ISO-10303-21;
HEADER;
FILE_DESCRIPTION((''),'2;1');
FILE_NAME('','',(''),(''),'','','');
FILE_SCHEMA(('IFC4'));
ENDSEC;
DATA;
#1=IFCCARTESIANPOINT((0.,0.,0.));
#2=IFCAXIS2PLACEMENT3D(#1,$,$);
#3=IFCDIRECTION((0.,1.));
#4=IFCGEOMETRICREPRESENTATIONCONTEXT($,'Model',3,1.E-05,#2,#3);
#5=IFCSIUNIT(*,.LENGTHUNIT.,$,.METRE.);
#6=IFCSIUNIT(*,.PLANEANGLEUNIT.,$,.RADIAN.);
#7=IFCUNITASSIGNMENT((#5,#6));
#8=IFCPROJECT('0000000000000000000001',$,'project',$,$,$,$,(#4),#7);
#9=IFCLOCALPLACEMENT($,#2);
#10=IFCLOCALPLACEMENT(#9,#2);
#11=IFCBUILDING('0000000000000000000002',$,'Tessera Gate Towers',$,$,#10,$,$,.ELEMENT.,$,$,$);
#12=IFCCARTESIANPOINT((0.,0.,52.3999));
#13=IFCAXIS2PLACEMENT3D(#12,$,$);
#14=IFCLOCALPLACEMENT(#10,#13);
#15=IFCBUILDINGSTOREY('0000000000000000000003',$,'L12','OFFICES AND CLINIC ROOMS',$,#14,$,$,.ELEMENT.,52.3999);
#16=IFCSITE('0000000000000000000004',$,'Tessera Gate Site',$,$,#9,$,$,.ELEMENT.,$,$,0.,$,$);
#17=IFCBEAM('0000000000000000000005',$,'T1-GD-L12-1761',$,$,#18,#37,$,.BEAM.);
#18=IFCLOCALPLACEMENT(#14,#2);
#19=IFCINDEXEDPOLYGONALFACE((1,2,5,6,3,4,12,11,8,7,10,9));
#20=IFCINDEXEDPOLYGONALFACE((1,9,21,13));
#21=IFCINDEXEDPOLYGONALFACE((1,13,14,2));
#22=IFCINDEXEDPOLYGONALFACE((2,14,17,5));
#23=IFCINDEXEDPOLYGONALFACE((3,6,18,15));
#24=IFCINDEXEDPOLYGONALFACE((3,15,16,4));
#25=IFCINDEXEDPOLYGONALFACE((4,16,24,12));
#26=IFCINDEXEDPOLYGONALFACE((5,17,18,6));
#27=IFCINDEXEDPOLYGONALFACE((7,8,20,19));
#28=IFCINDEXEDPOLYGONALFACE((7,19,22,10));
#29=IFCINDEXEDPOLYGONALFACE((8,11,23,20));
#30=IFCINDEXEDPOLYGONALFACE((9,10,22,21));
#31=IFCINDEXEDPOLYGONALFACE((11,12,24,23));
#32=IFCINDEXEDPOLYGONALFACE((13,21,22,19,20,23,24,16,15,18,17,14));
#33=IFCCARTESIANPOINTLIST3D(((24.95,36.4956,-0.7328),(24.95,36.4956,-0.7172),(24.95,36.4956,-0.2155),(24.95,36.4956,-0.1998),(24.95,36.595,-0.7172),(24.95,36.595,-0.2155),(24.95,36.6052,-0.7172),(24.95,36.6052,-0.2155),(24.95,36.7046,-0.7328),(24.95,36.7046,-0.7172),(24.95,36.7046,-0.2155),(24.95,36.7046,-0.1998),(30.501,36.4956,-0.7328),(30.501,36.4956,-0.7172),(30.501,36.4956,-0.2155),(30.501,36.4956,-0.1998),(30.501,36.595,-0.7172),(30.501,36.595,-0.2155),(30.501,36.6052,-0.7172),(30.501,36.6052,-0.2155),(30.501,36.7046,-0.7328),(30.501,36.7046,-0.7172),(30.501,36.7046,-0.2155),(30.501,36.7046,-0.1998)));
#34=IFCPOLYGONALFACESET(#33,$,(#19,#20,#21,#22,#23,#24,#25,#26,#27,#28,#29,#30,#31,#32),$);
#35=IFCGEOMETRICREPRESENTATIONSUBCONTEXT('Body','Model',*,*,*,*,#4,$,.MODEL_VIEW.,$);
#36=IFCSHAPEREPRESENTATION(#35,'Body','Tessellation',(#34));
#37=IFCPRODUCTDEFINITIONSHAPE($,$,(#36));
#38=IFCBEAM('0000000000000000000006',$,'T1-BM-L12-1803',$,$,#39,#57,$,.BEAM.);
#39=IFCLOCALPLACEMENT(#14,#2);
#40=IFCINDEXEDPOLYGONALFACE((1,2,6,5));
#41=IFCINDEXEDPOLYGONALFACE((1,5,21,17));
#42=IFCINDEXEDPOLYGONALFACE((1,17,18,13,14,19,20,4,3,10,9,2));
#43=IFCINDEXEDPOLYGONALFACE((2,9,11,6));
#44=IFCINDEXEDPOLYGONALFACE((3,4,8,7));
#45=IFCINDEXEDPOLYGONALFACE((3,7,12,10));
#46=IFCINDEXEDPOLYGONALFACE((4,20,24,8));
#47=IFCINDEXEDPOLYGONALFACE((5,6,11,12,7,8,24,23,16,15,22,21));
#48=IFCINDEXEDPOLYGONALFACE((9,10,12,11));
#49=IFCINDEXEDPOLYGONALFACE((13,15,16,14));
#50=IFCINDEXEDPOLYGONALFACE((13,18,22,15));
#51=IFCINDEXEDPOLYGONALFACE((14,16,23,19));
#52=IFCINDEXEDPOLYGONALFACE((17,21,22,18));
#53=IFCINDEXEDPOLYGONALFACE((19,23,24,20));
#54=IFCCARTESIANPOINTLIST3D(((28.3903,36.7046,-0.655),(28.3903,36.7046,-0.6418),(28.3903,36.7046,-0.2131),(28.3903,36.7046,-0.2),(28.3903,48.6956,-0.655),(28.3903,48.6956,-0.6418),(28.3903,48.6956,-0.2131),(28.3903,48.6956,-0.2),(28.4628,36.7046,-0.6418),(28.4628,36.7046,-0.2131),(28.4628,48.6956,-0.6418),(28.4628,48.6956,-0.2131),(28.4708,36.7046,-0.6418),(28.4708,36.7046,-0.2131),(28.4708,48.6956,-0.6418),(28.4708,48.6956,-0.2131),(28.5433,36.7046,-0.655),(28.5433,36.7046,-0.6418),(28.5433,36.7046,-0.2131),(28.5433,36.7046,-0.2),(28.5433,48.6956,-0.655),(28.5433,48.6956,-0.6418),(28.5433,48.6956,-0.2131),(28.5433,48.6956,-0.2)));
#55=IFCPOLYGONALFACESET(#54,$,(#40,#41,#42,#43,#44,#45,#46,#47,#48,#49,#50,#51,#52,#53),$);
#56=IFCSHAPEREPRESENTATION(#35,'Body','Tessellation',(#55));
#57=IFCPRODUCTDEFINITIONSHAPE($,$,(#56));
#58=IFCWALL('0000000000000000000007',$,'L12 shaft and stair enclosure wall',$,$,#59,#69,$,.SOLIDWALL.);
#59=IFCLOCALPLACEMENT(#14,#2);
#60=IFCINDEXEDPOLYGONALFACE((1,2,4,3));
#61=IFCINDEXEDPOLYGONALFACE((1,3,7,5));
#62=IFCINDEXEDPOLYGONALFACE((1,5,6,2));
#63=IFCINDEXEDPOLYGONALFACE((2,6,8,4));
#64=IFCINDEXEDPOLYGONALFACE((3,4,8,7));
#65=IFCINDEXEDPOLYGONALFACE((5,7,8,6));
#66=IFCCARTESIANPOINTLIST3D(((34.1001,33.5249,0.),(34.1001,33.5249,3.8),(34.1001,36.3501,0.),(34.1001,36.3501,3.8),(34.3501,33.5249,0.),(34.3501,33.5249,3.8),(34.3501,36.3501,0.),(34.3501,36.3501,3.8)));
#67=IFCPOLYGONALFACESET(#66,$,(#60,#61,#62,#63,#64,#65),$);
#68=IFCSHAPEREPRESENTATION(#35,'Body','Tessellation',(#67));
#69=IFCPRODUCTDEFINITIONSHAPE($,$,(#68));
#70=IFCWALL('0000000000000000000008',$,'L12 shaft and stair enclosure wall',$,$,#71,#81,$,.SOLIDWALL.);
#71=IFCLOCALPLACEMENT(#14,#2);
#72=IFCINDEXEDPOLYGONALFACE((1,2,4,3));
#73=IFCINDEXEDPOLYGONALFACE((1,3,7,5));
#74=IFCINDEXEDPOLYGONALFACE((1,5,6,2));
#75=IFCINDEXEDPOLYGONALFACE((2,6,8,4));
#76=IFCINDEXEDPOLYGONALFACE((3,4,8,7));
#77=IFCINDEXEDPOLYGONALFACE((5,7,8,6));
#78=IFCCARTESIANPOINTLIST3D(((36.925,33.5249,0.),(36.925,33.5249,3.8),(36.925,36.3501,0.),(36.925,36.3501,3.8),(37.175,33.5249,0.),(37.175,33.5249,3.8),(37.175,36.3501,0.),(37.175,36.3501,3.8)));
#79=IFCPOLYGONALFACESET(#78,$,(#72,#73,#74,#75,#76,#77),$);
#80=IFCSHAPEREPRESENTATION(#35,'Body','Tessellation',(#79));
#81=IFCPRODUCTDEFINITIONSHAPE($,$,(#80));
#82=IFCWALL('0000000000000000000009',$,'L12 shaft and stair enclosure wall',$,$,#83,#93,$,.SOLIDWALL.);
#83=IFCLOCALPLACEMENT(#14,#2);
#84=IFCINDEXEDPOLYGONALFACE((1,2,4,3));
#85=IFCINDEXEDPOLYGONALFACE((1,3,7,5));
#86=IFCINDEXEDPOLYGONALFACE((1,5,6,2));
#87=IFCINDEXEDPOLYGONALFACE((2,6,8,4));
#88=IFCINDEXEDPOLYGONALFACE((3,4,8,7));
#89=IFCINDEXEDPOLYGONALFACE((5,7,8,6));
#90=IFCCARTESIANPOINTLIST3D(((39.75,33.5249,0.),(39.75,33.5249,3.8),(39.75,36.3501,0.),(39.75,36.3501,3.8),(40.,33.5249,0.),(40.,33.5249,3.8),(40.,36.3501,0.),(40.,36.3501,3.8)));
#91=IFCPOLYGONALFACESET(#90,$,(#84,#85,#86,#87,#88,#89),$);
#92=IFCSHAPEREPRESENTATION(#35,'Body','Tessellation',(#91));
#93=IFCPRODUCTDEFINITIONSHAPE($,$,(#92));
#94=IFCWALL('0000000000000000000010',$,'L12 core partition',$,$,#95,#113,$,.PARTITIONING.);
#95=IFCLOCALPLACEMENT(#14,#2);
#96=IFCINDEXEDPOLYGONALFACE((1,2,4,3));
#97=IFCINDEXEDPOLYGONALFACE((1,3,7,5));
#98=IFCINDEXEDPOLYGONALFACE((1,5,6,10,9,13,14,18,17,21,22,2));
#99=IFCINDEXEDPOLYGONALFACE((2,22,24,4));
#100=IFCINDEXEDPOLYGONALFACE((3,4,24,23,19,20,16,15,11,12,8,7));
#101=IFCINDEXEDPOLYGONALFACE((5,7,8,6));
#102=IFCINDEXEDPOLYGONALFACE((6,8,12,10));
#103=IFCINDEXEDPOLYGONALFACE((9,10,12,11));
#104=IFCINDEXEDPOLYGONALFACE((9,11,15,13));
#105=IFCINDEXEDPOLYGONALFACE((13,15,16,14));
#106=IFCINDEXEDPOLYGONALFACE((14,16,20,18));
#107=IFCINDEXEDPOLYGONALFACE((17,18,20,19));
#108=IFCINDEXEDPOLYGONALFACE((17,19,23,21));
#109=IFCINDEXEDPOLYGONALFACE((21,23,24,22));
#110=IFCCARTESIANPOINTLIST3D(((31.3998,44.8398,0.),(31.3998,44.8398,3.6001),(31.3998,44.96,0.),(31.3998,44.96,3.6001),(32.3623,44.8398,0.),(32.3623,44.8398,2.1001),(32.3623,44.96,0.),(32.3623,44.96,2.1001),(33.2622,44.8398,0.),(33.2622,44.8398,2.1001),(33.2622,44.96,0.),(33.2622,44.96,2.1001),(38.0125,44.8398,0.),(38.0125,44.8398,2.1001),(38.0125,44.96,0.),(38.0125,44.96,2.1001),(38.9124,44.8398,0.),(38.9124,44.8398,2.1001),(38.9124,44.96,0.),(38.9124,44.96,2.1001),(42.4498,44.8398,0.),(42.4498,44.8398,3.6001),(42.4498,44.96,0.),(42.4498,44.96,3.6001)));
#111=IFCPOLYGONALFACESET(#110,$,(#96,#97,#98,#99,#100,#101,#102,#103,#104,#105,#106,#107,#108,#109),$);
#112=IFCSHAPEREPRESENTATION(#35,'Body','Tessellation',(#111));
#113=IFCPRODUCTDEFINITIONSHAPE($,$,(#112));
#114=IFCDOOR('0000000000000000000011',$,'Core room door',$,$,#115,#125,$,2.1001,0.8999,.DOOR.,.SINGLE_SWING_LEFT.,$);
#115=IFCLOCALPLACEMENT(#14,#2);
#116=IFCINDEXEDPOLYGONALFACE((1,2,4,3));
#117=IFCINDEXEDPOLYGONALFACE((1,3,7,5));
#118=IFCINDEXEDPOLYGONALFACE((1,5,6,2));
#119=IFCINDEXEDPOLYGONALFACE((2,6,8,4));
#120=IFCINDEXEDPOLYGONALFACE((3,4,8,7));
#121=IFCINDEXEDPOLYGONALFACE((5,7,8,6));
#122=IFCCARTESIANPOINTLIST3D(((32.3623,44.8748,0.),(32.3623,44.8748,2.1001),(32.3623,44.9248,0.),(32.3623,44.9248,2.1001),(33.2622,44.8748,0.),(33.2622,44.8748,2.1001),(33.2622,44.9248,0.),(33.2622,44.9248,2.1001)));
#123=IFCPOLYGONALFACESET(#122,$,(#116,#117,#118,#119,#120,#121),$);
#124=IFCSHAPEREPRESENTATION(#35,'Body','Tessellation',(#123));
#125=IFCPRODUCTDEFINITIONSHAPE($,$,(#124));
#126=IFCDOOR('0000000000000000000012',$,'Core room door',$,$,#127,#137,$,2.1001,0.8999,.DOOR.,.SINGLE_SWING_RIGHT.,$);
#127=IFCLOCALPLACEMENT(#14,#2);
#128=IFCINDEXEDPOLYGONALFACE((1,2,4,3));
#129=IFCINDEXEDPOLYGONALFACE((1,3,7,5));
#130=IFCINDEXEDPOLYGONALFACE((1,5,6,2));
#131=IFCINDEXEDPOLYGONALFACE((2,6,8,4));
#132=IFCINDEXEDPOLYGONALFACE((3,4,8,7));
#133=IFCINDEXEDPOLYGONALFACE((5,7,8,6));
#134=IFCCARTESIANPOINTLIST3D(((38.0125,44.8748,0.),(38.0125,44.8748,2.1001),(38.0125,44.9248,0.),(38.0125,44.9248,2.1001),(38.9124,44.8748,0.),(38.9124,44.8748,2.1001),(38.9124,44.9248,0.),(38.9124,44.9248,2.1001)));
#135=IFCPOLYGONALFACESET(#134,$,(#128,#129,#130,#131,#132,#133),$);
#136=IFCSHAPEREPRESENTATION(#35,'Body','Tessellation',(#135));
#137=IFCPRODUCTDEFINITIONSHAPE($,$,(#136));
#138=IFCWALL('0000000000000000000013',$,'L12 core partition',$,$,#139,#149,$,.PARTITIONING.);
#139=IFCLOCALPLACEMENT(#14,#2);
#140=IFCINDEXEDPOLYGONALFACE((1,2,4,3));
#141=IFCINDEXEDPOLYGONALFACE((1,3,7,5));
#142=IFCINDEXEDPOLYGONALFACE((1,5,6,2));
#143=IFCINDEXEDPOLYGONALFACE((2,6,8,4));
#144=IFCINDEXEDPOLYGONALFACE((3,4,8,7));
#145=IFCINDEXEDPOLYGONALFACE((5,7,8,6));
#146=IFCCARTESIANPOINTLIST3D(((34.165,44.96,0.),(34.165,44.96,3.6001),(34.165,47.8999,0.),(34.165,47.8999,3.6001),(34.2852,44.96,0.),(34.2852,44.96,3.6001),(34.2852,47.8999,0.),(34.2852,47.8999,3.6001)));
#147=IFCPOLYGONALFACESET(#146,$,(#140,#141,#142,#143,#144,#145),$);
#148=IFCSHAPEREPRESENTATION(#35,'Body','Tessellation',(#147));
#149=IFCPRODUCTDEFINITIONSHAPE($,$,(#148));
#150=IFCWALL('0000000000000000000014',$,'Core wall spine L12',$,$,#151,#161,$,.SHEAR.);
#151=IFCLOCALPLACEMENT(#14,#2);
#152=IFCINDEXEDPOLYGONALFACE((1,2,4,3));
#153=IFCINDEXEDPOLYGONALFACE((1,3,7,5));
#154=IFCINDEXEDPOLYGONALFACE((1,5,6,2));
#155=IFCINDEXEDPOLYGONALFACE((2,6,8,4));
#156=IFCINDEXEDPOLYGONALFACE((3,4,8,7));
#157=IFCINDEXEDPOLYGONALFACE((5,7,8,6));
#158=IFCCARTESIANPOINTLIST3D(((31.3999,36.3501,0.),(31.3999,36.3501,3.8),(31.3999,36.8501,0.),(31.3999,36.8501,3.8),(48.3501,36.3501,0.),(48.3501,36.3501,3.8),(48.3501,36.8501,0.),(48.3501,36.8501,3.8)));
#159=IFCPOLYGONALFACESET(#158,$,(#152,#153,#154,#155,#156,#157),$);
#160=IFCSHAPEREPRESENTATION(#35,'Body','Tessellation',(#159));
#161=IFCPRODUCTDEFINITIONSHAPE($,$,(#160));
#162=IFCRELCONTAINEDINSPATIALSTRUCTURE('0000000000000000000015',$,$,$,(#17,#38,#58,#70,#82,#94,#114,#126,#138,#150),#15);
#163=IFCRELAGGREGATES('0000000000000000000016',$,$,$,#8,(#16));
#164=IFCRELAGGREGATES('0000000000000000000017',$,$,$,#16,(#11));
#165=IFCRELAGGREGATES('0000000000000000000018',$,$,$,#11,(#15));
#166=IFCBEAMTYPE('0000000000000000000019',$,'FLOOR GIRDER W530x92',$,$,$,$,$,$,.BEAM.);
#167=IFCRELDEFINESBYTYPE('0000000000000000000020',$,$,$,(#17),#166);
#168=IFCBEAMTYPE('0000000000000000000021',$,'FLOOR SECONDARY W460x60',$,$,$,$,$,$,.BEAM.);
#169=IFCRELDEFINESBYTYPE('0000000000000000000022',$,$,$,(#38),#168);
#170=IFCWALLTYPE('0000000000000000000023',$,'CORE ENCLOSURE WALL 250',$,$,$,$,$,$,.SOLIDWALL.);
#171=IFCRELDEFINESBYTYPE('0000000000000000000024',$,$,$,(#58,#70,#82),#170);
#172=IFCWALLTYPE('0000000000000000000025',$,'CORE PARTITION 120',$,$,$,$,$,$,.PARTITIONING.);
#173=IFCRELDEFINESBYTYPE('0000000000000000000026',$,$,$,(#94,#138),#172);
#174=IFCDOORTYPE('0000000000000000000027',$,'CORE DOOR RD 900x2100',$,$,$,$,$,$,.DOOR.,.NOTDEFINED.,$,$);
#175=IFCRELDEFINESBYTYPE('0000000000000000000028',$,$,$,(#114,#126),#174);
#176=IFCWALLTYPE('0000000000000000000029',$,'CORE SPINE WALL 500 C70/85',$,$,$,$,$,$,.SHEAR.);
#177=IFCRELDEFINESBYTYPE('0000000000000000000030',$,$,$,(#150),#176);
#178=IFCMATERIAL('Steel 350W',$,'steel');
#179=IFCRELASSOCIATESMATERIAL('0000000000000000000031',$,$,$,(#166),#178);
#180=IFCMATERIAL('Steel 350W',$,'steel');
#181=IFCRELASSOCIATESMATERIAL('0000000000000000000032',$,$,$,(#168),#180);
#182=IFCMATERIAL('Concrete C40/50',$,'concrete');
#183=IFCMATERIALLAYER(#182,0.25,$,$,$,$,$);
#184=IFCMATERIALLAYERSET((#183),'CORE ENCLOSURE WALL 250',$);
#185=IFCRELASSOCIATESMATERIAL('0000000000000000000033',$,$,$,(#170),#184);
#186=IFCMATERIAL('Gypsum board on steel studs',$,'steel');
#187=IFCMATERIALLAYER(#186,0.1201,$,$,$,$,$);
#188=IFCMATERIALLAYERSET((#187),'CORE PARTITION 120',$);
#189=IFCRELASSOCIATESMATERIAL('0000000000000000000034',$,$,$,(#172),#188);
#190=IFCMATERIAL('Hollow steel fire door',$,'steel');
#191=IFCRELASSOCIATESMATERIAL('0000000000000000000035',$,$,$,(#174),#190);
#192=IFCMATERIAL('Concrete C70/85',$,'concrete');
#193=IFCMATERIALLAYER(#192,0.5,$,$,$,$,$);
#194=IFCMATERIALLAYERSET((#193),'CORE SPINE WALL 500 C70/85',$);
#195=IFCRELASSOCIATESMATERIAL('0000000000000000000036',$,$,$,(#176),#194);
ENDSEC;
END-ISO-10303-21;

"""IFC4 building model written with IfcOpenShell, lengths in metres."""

from ifc_helpers import new_model, si_unit, direction, frame, frame_2d, origin, origin_2d, place, context, subcontext, project, spatial, rectangle, i_section, extrude, source, transform, mapped, material, layer, layer_set, material_profile, profile_set, type_object, element, fill, save


model = new_model("IFC4")

# Units and contexts
model_context = context("Model", 3, precision=1e-05, world=origin(), true_north=direction((0.0, 1.0)))
body_context = subcontext(model_context, "Body", "Model", "MODEL_VIEW")
ifc_project = project(units=[si_unit("LENGTHUNIT", "METRE"), si_unit("PLANEANGLEUNIT", "RADIAN")], contexts=[model_context])

# Site, building, storey
site_placement = place(None, origin())
site = spatial("IfcSite", under=ifc_project, at=site_placement, Name="Tessera Gate Site", CompositionType="ELEMENT", RefElevation=0.0)
building_placement = place(site_placement, origin())
building = spatial("IfcBuilding", under=site, at=building_placement, Name="Tessera Gate Towers", CompositionType="ELEMENT")
storey_placement = place(building_placement, frame((0.0, 0.0, 52.3999)))
storey = spatial("IfcBuildingStorey", under=building, at=storey_placement, Name="L12", Description="OFFICES AND CLINIC ROOMS", CompositionType="ELEMENT", Elevation=52.3999)

# Beams
ifc_material_1 = material(Name="Steel 350W", Category="steel")
ifc_material_profile_1 = material_profile(ifc_material_1, i_section(OverallWidth=0.209, OverallDepth=0.533, WebThickness=0.0103, FlangeThickness=0.0156, at=origin_2d()), Name="W530x92")
ifc_profile_set_1 = profile_set([ifc_material_profile_1], Name="Steel 350W")
beam_type_1 = type_object("IfcBeamType", Name="FLOOR GIRDER W530x92", PredefinedType="BEAM", material=ifc_profile_set_1)
beam_1_placement = place(storey_placement, frame((24.95, 36.6001, -0.4663), z_axis=(1.0, 0.0, 0.0), x_axis=(0.0, 1.0, 0.0)))
element("IfcBeam", 1, at=beam_1_placement, inside=storey, type_object=beam_type_1, Name="T1-GD-L12-1761", PredefinedType="BEAM", context=body_context, shape_type="SweptSolid", body=[
    extrude(i_section(OverallWidth=0.209, OverallDepth=0.533, WebThickness=0.0103, FlangeThickness=0.0156, at=origin_2d()), origin(), (0.0, 0.0, 1.0), 5.551),
])
ifc_material_2 = material(Name="Steel 350W", Category="steel")
ifc_material_profile_2 = material_profile(ifc_material_2, i_section(OverallWidth=0.1531, OverallDepth=0.4551, WebThickness=0.0081, FlangeThickness=0.0132, at=origin_2d()), Name="W460x60")
ifc_profile_set_2 = profile_set([ifc_material_profile_2], Name="Steel 350W")
beam_type_2 = type_object("IfcBeamType", Name="FLOOR SECONDARY W460x60", PredefinedType="BEAM", material=ifc_profile_set_2)
beam_2_placement = place(storey_placement, frame((28.4668, 36.7046, -0.4275), z_axis=(0.0, 1.0, 0.0), x_axis=(-1.0, 0.0, 0.0)))
element("IfcBeam", 2, at=beam_2_placement, inside=storey, type_object=beam_type_2, Name="T1-BM-L12-1803", PredefinedType="BEAM", context=body_context, shape_type="SweptSolid", body=[
    extrude(i_section(OverallWidth=0.1531, OverallDepth=0.4551, WebThickness=0.0081, FlangeThickness=0.0132, at=origin_2d()), origin(), (0.0, 0.0, 1.0), 11.991),
])

# Walls
ifc_material_3 = material(Name="Concrete C40/50", Category="concrete")
ifc_layer_1 = layer(ifc_material_3, 0.25)
ifc_layer_set_1 = layer_set([ifc_layer_1], Name="CORE ENCLOSURE WALL 250")
wall_type_1 = type_object("IfcWallType", Name="CORE ENCLOSURE WALL 250", PredefinedType="SOLIDWALL", material=ifc_layer_set_1)
for number, where, z_axis, x_axis, name in (
    (3, (34.2251, 33.5249, 0.0), (0.0, 0.0, 1.0), (0.0, 1.0, 0.0), "L12 shaft and stair enclosure wall"),
    (4, (37.05, 33.5249, 0.0), (0.0, 0.0, 1.0), (0.0, 1.0, 0.0), "L12 shaft and stair enclosure wall"),
    (5, (39.875, 33.5249, 0.0), (0.0, 0.0, 1.0), (0.0, 1.0, 0.0), "L12 shaft and stair enclosure wall"),
):
    element("IfcWall", number, at=place(storey_placement, frame(where, z_axis=z_axis, x_axis=x_axis)), inside=storey, type_object=wall_type_1, Name=name, PredefinedType="SOLIDWALL", context=body_context, shape_type="SweptSolid", body=[
        extrude(rectangle(XDim=2.8252, YDim=0.25, at=frame_2d((1.4126, 0.0))), origin(), (0.0, 0.0, 1.0), 3.8),
    ])

# Wall, openings, doors
ifc_material_4 = material(Name="Gypsum board on steel studs", Category="steel")
ifc_layer_2 = layer(ifc_material_4, 0.1201)
ifc_layer_set_2 = layer_set([ifc_layer_2], Name="CORE PARTITION 120")
wall_type_2 = type_object("IfcWallType", Name="CORE PARTITION 120", PredefinedType="PARTITIONING", material=ifc_layer_set_2)
wall_1_placement = place(storey_placement, frame((31.3999, 44.8999, 0.0), z_axis=(0.0, 0.0, 1.0), x_axis=(1.0, 0.0, 0.0)))
wall_1 = element("IfcWall", 6, at=wall_1_placement, inside=storey, type_object=wall_type_2, Name="L12 core partition", PredefinedType="PARTITIONING", context=body_context, shape_type="SweptSolid", body=[
    extrude(rectangle(XDim=11.05, YDim=0.1201, at=frame_2d((5.5249, 0.0))), origin(), (0.0, 0.0, 1.0), 3.6001),
])
shared_shape_1 = source(origin(), body_context, "Body", "SweptSolid", [
    extrude(rectangle(XDim=0.8999, YDim=2.1001, at=frame_2d((0.45, 1.05))), frame((0.0, 0.0701, 0.0), z_axis=(0.0, -1.0, 0.0), x_axis=(1.0, 0.0, 0.0)), (0.0, 0.0, 1.0), 0.1401),
])
opening_1_placement = place(wall_1_placement, frame((0.9624, 0.0, 0.0)))
opening_1 = element("IfcOpeningElement", 7, at=opening_1_placement, cuts=wall_1, PredefinedType="OPENING", context=body_context, shape_type="MappedRepresentation", body=[
    mapped(shared_shape_1, transform((0.0, 0.0, 0.0), scale=1.0)),
])
opening_2_placement = place(wall_1_placement, frame((6.6125, 0.0, 0.0)))
opening_2 = element("IfcOpeningElement", 8, at=opening_2_placement, cuts=wall_1, PredefinedType="OPENING", context=body_context, shape_type="MappedRepresentation", body=[
    mapped(shared_shape_1, transform((0.0, 0.0, 0.0), scale=1.0)),
])
ifc_material_5 = material(Name="Hollow steel fire door", Category="steel")
door_type_1 = type_object("IfcDoorType", Name="CORE DOOR RD 900x2100", OperationType="NOTDEFINED", PredefinedType="DOOR", material=ifc_material_5)
shared_shape_2 = source(origin(), body_context, "Body", "SweptSolid", [
    extrude(rectangle(XDim=0.8999, YDim=2.1001, at=frame_2d((0.45, 1.05))), frame((0.0, 0.0249, 0.0), z_axis=(0.0, -1.0, 0.0), x_axis=(1.0, 0.0, 0.0)), (0.0, 0.0, 1.0), 0.05),
])
door_1_placement = place(opening_1_placement, origin())
door_1 = element("IfcDoor", 9, at=door_1_placement, inside=storey, type_object=door_type_1, Name="Core room door", OperationType="SINGLE_SWING_LEFT", OverallHeight=2.1001, OverallWidth=0.8999, PredefinedType="DOOR", context=body_context, shape_type="MappedRepresentation", body=[
    mapped(shared_shape_2, transform((0.0, 0.0, 0.0), scale=1.0)),
])
fill(opening_1, door_1)
door_2_placement = place(opening_2_placement, origin())
door_2 = element("IfcDoor", 10, at=door_2_placement, inside=storey, type_object=door_type_1, Name="Core room door", OperationType="SINGLE_SWING_RIGHT", OverallHeight=2.1001, OverallWidth=0.8999, PredefinedType="DOOR", context=body_context, shape_type="MappedRepresentation", body=[
    mapped(shared_shape_2, transform((0.0, 0.0, 0.0), scale=1.0)),
])
fill(opening_2, door_2)

# Walls
wall_2_placement = place(storey_placement, frame((34.2251, 44.96, 0.0), z_axis=(0.0, 0.0, 1.0), x_axis=(0.0, 1.0, 0.0)))
element("IfcWall", 11, at=wall_2_placement, inside=storey, type_object=wall_type_2, Name="L12 core partition", PredefinedType="PARTITIONING", context=body_context, shape_type="SweptSolid", body=[
    extrude(rectangle(XDim=2.9399, YDim=0.1201, at=frame_2d((1.47, 0.0))), origin(), (0.0, 0.0, 1.0), 3.6001),
])
ifc_material_6 = material(Name="Concrete C70/85", Category="concrete")
ifc_layer_3 = layer(ifc_material_6, 0.5)
ifc_layer_set_3 = layer_set([ifc_layer_3], Name="CORE SPINE WALL 500 C70/85")
wall_type_3 = type_object("IfcWallType", Name="CORE SPINE WALL 500 C70/85", PredefinedType="SHEAR", material=ifc_layer_set_3)
wall_3_placement = place(storey_placement, frame((31.3999, 36.6001, 0.0), z_axis=(0.0, 0.0, 1.0), x_axis=(1.0, 0.0, 0.0)))
element("IfcWall", 12, at=wall_3_placement, inside=storey, type_object=wall_type_3, Name="Core wall spine L12", PredefinedType="SHEAR", context=body_context, shape_type="SweptSolid", body=[
    extrude(rectangle(XDim=16.9502, YDim=0.5, at=frame_2d((8.4751, 0.0))), origin(), (0.0, 0.0, 1.0), 3.8),
])

save(model, "model.ifc")
